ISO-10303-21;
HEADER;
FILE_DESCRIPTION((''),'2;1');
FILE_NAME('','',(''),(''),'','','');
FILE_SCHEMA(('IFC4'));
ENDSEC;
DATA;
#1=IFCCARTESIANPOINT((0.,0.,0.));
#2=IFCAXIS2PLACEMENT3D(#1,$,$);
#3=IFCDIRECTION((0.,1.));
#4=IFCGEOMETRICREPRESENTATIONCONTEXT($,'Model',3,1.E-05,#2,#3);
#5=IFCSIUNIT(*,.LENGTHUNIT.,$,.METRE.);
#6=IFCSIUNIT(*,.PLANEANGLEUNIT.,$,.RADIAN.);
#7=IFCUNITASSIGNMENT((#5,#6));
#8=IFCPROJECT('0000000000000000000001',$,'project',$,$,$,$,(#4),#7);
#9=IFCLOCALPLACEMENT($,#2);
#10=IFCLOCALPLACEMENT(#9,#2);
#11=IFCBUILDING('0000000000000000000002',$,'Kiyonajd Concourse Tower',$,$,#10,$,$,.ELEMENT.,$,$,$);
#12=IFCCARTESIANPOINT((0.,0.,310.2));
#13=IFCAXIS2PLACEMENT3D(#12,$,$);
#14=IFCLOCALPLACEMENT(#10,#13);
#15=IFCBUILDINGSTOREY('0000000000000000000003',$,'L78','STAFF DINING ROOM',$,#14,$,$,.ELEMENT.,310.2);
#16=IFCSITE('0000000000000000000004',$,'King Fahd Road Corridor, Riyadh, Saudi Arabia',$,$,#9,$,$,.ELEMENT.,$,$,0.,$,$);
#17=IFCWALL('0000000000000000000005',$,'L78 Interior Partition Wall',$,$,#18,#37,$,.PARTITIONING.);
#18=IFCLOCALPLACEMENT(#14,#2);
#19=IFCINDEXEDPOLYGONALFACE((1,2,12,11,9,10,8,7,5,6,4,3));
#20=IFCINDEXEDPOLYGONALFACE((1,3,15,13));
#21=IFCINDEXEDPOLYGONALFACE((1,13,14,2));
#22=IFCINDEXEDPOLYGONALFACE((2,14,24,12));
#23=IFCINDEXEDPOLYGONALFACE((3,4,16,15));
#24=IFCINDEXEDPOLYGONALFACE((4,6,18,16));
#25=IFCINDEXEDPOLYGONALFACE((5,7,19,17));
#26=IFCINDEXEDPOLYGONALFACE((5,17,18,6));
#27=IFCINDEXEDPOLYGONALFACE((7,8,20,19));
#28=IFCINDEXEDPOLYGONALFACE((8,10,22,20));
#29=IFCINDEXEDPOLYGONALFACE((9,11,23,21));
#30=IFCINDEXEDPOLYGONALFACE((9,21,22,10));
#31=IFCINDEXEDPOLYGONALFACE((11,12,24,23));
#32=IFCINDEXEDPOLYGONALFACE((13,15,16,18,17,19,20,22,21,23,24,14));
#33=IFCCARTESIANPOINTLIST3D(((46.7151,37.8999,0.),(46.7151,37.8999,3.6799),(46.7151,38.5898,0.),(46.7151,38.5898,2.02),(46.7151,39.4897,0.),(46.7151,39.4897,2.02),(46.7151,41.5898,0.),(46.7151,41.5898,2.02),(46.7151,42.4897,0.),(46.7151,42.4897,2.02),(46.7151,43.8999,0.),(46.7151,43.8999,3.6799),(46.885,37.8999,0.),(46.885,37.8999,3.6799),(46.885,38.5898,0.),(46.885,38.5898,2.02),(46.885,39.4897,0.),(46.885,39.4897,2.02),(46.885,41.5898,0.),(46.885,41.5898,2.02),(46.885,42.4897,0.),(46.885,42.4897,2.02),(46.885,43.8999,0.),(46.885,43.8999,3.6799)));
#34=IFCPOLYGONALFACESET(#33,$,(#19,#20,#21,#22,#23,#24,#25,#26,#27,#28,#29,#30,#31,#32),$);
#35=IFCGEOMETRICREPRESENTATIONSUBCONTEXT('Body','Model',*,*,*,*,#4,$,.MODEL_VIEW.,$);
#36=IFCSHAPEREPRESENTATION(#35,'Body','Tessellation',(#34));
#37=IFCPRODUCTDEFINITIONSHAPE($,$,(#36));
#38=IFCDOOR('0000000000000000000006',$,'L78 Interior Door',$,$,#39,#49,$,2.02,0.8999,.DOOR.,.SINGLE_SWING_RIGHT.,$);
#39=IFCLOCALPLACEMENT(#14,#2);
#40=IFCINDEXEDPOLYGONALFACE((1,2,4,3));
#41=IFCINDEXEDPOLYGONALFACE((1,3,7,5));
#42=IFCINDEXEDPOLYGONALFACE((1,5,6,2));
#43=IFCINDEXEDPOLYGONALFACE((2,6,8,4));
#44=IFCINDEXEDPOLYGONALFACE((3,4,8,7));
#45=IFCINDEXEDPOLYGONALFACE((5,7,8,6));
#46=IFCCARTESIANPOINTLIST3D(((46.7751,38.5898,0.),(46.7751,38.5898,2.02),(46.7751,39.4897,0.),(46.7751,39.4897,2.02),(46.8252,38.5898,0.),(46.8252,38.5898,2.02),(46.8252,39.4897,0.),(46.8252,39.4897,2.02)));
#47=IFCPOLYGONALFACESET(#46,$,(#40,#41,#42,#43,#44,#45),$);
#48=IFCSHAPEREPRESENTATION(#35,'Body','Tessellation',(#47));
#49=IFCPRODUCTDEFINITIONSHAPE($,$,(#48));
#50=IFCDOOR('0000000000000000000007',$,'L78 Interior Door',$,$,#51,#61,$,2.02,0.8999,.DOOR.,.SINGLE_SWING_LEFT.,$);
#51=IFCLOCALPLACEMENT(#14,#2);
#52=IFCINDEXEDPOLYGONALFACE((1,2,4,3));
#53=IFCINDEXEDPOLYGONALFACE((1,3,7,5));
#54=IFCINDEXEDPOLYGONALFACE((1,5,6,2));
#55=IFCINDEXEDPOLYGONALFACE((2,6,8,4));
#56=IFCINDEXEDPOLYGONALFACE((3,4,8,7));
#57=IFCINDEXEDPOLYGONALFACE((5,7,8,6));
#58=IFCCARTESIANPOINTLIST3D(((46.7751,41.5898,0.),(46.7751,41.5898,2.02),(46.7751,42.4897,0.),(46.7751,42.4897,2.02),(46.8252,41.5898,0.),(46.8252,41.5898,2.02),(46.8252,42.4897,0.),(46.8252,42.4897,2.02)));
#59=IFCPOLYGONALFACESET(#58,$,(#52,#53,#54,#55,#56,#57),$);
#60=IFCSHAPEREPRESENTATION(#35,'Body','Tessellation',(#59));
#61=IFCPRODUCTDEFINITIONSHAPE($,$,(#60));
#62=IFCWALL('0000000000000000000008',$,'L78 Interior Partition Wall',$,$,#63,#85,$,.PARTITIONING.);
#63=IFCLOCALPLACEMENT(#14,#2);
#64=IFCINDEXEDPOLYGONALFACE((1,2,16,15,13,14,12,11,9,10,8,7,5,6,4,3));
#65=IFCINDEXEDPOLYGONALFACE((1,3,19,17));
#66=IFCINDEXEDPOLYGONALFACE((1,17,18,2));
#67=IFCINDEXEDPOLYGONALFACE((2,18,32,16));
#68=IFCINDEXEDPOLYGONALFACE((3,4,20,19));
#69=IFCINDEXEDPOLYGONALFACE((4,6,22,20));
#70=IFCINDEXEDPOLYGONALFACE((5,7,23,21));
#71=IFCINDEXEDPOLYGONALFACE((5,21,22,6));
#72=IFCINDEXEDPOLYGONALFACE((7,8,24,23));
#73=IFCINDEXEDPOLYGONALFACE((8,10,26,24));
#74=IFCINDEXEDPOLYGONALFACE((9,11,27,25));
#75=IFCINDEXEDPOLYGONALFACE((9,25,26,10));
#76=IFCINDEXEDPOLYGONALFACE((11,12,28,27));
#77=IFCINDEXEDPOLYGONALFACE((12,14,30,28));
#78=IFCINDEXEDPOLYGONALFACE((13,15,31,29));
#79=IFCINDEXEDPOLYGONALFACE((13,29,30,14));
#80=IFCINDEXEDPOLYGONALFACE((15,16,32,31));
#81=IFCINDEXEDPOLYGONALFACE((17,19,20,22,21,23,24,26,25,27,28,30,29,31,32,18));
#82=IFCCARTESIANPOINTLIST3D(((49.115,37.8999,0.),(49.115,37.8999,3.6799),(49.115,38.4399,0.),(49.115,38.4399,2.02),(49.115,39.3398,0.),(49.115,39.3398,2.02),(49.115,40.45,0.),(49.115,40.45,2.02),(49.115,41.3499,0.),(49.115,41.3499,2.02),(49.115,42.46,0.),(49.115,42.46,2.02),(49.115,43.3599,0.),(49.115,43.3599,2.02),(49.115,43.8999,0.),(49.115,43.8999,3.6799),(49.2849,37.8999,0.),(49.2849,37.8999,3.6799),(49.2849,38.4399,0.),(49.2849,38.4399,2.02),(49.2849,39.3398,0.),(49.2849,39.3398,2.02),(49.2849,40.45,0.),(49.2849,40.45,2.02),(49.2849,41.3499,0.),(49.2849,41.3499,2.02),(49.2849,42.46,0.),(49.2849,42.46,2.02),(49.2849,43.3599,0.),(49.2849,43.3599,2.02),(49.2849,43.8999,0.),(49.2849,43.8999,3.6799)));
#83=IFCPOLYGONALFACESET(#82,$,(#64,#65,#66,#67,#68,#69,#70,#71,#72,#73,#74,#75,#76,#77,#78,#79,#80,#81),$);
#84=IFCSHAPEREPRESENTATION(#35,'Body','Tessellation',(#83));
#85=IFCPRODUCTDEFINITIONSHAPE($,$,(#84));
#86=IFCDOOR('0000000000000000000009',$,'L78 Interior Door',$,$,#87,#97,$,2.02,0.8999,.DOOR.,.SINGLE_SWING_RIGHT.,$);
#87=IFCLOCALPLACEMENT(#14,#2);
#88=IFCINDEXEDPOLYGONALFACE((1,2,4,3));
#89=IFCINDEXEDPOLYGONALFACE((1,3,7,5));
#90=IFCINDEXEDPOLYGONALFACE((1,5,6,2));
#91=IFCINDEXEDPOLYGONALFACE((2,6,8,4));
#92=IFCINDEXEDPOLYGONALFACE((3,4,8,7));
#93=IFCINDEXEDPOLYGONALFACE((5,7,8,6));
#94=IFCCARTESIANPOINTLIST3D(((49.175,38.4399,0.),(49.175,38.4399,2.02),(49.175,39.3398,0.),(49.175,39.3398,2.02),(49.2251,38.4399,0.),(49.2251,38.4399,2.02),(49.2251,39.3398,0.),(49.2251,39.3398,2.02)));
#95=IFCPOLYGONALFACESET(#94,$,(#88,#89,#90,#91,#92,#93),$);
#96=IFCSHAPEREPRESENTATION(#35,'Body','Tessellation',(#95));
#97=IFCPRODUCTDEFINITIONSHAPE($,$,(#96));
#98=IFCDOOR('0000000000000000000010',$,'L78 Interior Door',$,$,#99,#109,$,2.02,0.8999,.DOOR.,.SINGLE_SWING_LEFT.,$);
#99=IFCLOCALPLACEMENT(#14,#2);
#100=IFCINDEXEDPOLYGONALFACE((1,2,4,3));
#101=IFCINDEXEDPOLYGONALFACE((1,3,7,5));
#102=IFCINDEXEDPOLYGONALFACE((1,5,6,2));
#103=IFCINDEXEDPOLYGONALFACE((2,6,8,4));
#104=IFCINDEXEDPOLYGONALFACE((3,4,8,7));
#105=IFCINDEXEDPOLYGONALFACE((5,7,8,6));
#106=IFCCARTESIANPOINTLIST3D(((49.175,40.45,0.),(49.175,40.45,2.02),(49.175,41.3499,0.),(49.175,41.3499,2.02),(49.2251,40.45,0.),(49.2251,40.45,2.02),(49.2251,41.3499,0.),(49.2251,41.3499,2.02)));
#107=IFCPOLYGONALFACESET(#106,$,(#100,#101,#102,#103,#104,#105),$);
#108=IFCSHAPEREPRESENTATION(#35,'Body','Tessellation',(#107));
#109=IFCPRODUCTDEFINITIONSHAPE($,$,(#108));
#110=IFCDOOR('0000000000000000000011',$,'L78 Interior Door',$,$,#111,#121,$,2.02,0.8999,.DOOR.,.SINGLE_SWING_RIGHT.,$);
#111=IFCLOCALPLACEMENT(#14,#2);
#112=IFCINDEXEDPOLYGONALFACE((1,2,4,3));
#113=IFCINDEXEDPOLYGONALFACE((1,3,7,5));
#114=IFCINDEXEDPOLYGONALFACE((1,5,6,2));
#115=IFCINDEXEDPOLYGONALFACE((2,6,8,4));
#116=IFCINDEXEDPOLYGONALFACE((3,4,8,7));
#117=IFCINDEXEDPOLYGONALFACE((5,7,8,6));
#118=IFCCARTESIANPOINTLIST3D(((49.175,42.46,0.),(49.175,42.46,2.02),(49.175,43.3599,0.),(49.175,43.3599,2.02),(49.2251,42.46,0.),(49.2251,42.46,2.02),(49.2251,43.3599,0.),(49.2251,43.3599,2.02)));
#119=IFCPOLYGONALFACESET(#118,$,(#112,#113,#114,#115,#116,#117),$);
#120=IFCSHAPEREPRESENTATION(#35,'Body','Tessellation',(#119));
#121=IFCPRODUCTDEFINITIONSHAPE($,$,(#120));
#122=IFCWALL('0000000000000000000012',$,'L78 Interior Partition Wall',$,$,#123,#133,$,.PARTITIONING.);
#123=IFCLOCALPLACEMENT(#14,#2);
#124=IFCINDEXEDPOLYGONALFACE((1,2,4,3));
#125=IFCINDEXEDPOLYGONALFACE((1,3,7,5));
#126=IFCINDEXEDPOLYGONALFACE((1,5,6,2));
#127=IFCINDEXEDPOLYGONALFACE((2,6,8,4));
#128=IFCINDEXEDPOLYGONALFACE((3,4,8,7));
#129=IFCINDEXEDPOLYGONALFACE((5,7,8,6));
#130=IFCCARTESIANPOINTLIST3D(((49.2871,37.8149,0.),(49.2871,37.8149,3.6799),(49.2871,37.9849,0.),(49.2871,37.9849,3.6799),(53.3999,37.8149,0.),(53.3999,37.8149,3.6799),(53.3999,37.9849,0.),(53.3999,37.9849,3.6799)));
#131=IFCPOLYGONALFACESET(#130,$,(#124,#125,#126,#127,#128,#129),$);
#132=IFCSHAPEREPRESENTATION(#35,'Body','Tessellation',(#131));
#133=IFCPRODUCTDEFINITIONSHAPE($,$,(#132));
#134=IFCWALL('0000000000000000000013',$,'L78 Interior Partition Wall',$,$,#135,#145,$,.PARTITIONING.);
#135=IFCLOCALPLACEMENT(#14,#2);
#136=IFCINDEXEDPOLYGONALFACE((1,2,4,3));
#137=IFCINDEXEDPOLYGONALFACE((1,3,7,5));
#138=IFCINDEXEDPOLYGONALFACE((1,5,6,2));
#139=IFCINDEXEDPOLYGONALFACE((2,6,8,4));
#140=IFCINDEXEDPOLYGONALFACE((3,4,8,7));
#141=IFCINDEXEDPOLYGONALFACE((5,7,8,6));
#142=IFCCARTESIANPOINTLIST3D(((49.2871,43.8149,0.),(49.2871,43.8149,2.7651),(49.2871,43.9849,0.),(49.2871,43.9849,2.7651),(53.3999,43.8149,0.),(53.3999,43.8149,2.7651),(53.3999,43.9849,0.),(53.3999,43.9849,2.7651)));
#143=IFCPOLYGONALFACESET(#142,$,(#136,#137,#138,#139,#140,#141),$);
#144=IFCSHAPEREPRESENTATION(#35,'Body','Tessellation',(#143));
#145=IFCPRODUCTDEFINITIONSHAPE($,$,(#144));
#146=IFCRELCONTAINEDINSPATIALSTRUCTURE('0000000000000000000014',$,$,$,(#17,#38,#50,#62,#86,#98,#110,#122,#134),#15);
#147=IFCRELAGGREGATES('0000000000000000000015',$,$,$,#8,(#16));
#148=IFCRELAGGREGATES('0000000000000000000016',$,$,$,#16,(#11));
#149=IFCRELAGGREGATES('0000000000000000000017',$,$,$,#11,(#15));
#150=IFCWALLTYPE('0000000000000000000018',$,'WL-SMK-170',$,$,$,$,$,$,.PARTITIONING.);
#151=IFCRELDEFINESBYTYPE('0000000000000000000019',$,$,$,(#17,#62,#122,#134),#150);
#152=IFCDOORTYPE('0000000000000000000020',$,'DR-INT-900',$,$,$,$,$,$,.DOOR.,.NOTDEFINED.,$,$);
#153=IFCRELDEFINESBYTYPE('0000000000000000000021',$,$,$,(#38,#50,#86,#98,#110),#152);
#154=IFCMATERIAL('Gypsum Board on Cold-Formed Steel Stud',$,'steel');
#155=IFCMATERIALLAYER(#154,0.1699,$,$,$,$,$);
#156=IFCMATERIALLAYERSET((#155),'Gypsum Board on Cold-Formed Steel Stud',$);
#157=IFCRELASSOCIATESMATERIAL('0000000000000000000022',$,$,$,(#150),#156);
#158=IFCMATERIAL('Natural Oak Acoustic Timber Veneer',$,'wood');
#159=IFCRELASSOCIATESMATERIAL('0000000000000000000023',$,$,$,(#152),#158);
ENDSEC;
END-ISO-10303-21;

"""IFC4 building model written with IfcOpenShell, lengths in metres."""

from ifc_helpers import new_model, si_unit, direction, frame, frame_2d, origin, place, context, subcontext, project, spatial, rectangle, extrude, material, layer, layer_set, type_object, element, fill, save


model = new_model("IFC4")

# Units and contexts
model_context = context("Model", 3, precision=1e-05, world=origin(), true_north=direction((0.0, 1.0)))
body_context = subcontext(model_context, "Body", "Model", "MODEL_VIEW")
ifc_project = project(units=[si_unit("LENGTHUNIT", "METRE"), si_unit("PLANEANGLEUNIT", "RADIAN")], contexts=[model_context])

# Site, building, storey
site_placement = place(None, origin())
site = spatial("IfcSite", under=ifc_project, at=site_placement, Name="King Fahd Road Corridor, Riyadh, Saudi Arabia", CompositionType="ELEMENT", RefElevation=0.0)
building_placement = place(site_placement, origin())
building = spatial("IfcBuilding", under=site, at=building_placement, Name="Kiyonajd Concourse Tower", CompositionType="ELEMENT")
storey_placement = place(building_placement, frame((0.0, 0.0, 310.2)))
storey = spatial("IfcBuildingStorey", under=building, at=storey_placement, Name="L78", Description="STAFF DINING ROOM", CompositionType="ELEMENT", Elevation=310.2)

# Shared definitions
ifc_material_1 = material(Name="Gypsum Board on Cold-Formed Steel Stud", Category="steel")

# Walls, openings, doors
ifc_layer_1 = layer(ifc_material_1, 0.1699)
ifc_layer_set_1 = layer_set([ifc_layer_1], Name="Gypsum Board on Cold-Formed Steel Stud")
wall_type_1 = type_object("IfcWallType", Name="WL-SMK-170", PredefinedType="PARTITIONING", material=ifc_layer_set_1)
wall_1_placement = place(storey_placement, frame((46.8, 37.8999, 0.0), z_axis=(0.0, 0.0, 1.0), x_axis=(0.0, 1.0, 0.0)))
wall_1 = element("IfcWall", 1, at=wall_1_placement, inside=storey, type_object=wall_type_1, Name="L78 Interior Partition Wall", PredefinedType="PARTITIONING", context=body_context, shape_type="SweptSolid", body=[
    extrude(rectangle(XDim=6.0, YDim=0.1699, at=frame_2d((3.0, 0.0))), origin(), (0.0, 0.0, 1.0), 3.6799),
])
opening_1_placement = place(wall_1_placement, frame((0.6899, 0.0, 0.0)))
opening_1 = element("IfcOpeningElement", 2, at=opening_1_placement, cuts=wall_1, PredefinedType="OPENING", context=body_context, shape_type="SweptSolid", body=[
    extrude(rectangle(XDim=0.8999, YDim=2.02, at=frame_2d((0.45, 1.01))), frame((0.0, 0.095, 0.0), z_axis=(0.0, -1.0, 0.0), x_axis=(1.0, 0.0, 0.0)), (0.0, 0.0, 1.0), 0.1899),
])
opening_2_placement = place(wall_1_placement, frame((3.6899, 0.0, 0.0)))
opening_2 = element("IfcOpeningElement", 3, at=opening_2_placement, cuts=wall_1, PredefinedType="OPENING", context=body_context, shape_type="SweptSolid", body=[
    extrude(rectangle(XDim=0.8999, YDim=2.02, at=frame_2d((0.45, 1.01))), frame((0.0, 0.095, 0.0), z_axis=(0.0, -1.0, 0.0), x_axis=(1.0, 0.0, 0.0)), (0.0, 0.0, 1.0), 0.1899),
])
ifc_material_2 = material(Name="Natural Oak Acoustic Timber Veneer", Category="wood")
door_type_1 = type_object("IfcDoorType", Name="DR-INT-900", OperationType="NOTDEFINED", PredefinedType="DOOR", material=ifc_material_2)
door_1_placement = place(opening_1_placement, origin())
door_1 = element("IfcDoor", 4, at=door_1_placement, inside=storey, type_object=door_type_1, Name="L78 Interior Door", OperationType="SINGLE_SWING_RIGHT", OverallHeight=2.02, OverallWidth=0.8999, PredefinedType="DOOR", context=body_context, shape_type="SweptSolid", body=[
    extrude(rectangle(XDim=0.8999, YDim=2.02, at=frame_2d((0.45, 1.01))), frame((0.0, 0.0249, 0.0), z_axis=(0.0, -1.0, 0.0), x_axis=(1.0, 0.0, 0.0)), (0.0, 0.0, 1.0), 0.05),
])
fill(opening_1, door_1)
door_2_placement = place(opening_2_placement, origin())
door_2 = element("IfcDoor", 5, at=door_2_placement, inside=storey, type_object=door_type_1, Name="L78 Interior Door", OperationType="SINGLE_SWING_LEFT", OverallHeight=2.02, OverallWidth=0.8999, PredefinedType="DOOR", context=body_context, shape_type="SweptSolid", body=[
    extrude(rectangle(XDim=0.8999, YDim=2.02, at=frame_2d((0.45, 1.01))), frame((0.0, 0.0249, 0.0), z_axis=(0.0, -1.0, 0.0), x_axis=(1.0, 0.0, 0.0)), (0.0, 0.0, 1.0), 0.05),
])
fill(opening_2, door_2)
wall_2_placement = place(storey_placement, frame((49.2, 37.8999, 0.0), z_axis=(0.0, 0.0, 1.0), x_axis=(0.0, 1.0, 0.0)))
wall_2 = element("IfcWall", 6, at=wall_2_placement, inside=storey, type_object=wall_type_1, Name="L78 Interior Partition Wall", PredefinedType="PARTITIONING", context=body_context, shape_type="SweptSolid", body=[
    extrude(rectangle(XDim=6.0, YDim=0.1699, at=frame_2d((3.0, 0.0))), origin(), (0.0, 0.0, 1.0), 3.6799),
])
opening_3_placement = place(wall_2_placement, frame((0.54, 0.0, 0.0)))
opening_3 = element("IfcOpeningElement", 7, at=opening_3_placement, cuts=wall_2, PredefinedType="OPENING", context=body_context, shape_type="SweptSolid", body=[
    extrude(rectangle(XDim=0.8999, YDim=2.02, at=frame_2d((0.45, 1.01))), frame((0.0, 0.095, 0.0), z_axis=(0.0, -1.0, 0.0), x_axis=(1.0, 0.0, 0.0)), (0.0, 0.0, 1.0), 0.1899),
])
opening_4_placement = place(wall_2_placement, frame((2.55, 0.0, 0.0)))
opening_4 = element("IfcOpeningElement", 8, at=opening_4_placement, cuts=wall_2, PredefinedType="OPENING", context=body_context, shape_type="SweptSolid", body=[
    extrude(rectangle(XDim=0.8999, YDim=2.02, at=frame_2d((0.45, 1.01))), frame((0.0, 0.095, 0.0), z_axis=(0.0, -1.0, 0.0), x_axis=(1.0, 0.0, 0.0)), (0.0, 0.0, 1.0), 0.1899),
])
opening_5_placement = place(wall_2_placement, frame((4.5601, 0.0, 0.0)))
opening_5 = element("IfcOpeningElement", 9, at=opening_5_placement, cuts=wall_2, PredefinedType="OPENING", context=body_context, shape_type="SweptSolid", body=[
    extrude(rectangle(XDim=0.8999, YDim=2.02, at=frame_2d((0.45, 1.01))), frame((0.0, 0.095, 0.0), z_axis=(0.0, -1.0, 0.0), x_axis=(1.0, 0.0, 0.0)), (0.0, 0.0, 1.0), 0.1899),
])
door_3_placement = place(opening_3_placement, origin())
door_3 = element("IfcDoor", 10, at=door_3_placement, inside=storey, type_object=door_type_1, Name="L78 Interior Door", OperationType="SINGLE_SWING_RIGHT", OverallHeight=2.02, OverallWidth=0.8999, PredefinedType="DOOR", context=body_context, shape_type="SweptSolid", body=[
    extrude(rectangle(XDim=0.8999, YDim=2.02, at=frame_2d((0.45, 1.01))), frame((0.0, 0.0249, 0.0), z_axis=(0.0, -1.0, 0.0), x_axis=(1.0, 0.0, 0.0)), (0.0, 0.0, 1.0), 0.05),
])
fill(opening_3, door_3)
door_4_placement = place(opening_4_placement, origin())
door_4 = element("IfcDoor", 11, at=door_4_placement, inside=storey, type_object=door_type_1, Name="L78 Interior Door", OperationType="SINGLE_SWING_LEFT", OverallHeight=2.02, OverallWidth=0.8999, PredefinedType="DOOR", context=body_context, shape_type="SweptSolid", body=[
    extrude(rectangle(XDim=0.8999, YDim=2.02, at=frame_2d((0.45, 1.01))), frame((0.0, 0.0249, 0.0), z_axis=(0.0, -1.0, 0.0), x_axis=(1.0, 0.0, 0.0)), (0.0, 0.0, 1.0), 0.05),
])
fill(opening_4, door_4)
door_5_placement = place(opening_5_placement, origin())
door_5 = element("IfcDoor", 12, at=door_5_placement, inside=storey, type_object=door_type_1, Name="L78 Interior Door", OperationType="SINGLE_SWING_RIGHT", OverallHeight=2.02, OverallWidth=0.8999, PredefinedType="DOOR", context=body_context, shape_type="SweptSolid", body=[
    extrude(rectangle(XDim=0.8999, YDim=2.02, at=frame_2d((0.45, 1.01))), frame((0.0, 0.0249, 0.0), z_axis=(0.0, -1.0, 0.0), x_axis=(1.0, 0.0, 0.0)), (0.0, 0.0, 1.0), 0.05),
])
fill(opening_5, door_5)

# Walls
wall_3_placement = place(storey_placement, frame((49.2871, 37.8999, 0.0), z_axis=(0.0, 0.0, 1.0), x_axis=(1.0, 0.0, 0.0)))
element("IfcWall", 13, at=wall_3_placement, inside=storey, type_object=wall_type_1, Name="L78 Interior Partition Wall", PredefinedType="PARTITIONING", context=body_context, shape_type="SweptSolid", body=[
    extrude(rectangle(XDim=4.1128, YDim=0.1699, at=frame_2d((2.0564, 0.0))), origin(), (0.0, 0.0, 1.0), 3.6799),
])
wall_4_placement = place(storey_placement, frame((49.2871, 43.8999, 0.0), z_axis=(0.0, 0.0, 1.0), x_axis=(1.0, 0.0, 0.0)))
element("IfcWall", 14, at=wall_4_placement, inside=storey, type_object=wall_type_1, Name="L78 Interior Partition Wall", PredefinedType="PARTITIONING", context=body_context, shape_type="SweptSolid", body=[
    extrude(rectangle(XDim=4.1128, YDim=0.1699, at=frame_2d((2.0564, 0.0))), origin(), (0.0, 0.0, 1.0), 2.7651),
])

save(model, "model.ifc")
